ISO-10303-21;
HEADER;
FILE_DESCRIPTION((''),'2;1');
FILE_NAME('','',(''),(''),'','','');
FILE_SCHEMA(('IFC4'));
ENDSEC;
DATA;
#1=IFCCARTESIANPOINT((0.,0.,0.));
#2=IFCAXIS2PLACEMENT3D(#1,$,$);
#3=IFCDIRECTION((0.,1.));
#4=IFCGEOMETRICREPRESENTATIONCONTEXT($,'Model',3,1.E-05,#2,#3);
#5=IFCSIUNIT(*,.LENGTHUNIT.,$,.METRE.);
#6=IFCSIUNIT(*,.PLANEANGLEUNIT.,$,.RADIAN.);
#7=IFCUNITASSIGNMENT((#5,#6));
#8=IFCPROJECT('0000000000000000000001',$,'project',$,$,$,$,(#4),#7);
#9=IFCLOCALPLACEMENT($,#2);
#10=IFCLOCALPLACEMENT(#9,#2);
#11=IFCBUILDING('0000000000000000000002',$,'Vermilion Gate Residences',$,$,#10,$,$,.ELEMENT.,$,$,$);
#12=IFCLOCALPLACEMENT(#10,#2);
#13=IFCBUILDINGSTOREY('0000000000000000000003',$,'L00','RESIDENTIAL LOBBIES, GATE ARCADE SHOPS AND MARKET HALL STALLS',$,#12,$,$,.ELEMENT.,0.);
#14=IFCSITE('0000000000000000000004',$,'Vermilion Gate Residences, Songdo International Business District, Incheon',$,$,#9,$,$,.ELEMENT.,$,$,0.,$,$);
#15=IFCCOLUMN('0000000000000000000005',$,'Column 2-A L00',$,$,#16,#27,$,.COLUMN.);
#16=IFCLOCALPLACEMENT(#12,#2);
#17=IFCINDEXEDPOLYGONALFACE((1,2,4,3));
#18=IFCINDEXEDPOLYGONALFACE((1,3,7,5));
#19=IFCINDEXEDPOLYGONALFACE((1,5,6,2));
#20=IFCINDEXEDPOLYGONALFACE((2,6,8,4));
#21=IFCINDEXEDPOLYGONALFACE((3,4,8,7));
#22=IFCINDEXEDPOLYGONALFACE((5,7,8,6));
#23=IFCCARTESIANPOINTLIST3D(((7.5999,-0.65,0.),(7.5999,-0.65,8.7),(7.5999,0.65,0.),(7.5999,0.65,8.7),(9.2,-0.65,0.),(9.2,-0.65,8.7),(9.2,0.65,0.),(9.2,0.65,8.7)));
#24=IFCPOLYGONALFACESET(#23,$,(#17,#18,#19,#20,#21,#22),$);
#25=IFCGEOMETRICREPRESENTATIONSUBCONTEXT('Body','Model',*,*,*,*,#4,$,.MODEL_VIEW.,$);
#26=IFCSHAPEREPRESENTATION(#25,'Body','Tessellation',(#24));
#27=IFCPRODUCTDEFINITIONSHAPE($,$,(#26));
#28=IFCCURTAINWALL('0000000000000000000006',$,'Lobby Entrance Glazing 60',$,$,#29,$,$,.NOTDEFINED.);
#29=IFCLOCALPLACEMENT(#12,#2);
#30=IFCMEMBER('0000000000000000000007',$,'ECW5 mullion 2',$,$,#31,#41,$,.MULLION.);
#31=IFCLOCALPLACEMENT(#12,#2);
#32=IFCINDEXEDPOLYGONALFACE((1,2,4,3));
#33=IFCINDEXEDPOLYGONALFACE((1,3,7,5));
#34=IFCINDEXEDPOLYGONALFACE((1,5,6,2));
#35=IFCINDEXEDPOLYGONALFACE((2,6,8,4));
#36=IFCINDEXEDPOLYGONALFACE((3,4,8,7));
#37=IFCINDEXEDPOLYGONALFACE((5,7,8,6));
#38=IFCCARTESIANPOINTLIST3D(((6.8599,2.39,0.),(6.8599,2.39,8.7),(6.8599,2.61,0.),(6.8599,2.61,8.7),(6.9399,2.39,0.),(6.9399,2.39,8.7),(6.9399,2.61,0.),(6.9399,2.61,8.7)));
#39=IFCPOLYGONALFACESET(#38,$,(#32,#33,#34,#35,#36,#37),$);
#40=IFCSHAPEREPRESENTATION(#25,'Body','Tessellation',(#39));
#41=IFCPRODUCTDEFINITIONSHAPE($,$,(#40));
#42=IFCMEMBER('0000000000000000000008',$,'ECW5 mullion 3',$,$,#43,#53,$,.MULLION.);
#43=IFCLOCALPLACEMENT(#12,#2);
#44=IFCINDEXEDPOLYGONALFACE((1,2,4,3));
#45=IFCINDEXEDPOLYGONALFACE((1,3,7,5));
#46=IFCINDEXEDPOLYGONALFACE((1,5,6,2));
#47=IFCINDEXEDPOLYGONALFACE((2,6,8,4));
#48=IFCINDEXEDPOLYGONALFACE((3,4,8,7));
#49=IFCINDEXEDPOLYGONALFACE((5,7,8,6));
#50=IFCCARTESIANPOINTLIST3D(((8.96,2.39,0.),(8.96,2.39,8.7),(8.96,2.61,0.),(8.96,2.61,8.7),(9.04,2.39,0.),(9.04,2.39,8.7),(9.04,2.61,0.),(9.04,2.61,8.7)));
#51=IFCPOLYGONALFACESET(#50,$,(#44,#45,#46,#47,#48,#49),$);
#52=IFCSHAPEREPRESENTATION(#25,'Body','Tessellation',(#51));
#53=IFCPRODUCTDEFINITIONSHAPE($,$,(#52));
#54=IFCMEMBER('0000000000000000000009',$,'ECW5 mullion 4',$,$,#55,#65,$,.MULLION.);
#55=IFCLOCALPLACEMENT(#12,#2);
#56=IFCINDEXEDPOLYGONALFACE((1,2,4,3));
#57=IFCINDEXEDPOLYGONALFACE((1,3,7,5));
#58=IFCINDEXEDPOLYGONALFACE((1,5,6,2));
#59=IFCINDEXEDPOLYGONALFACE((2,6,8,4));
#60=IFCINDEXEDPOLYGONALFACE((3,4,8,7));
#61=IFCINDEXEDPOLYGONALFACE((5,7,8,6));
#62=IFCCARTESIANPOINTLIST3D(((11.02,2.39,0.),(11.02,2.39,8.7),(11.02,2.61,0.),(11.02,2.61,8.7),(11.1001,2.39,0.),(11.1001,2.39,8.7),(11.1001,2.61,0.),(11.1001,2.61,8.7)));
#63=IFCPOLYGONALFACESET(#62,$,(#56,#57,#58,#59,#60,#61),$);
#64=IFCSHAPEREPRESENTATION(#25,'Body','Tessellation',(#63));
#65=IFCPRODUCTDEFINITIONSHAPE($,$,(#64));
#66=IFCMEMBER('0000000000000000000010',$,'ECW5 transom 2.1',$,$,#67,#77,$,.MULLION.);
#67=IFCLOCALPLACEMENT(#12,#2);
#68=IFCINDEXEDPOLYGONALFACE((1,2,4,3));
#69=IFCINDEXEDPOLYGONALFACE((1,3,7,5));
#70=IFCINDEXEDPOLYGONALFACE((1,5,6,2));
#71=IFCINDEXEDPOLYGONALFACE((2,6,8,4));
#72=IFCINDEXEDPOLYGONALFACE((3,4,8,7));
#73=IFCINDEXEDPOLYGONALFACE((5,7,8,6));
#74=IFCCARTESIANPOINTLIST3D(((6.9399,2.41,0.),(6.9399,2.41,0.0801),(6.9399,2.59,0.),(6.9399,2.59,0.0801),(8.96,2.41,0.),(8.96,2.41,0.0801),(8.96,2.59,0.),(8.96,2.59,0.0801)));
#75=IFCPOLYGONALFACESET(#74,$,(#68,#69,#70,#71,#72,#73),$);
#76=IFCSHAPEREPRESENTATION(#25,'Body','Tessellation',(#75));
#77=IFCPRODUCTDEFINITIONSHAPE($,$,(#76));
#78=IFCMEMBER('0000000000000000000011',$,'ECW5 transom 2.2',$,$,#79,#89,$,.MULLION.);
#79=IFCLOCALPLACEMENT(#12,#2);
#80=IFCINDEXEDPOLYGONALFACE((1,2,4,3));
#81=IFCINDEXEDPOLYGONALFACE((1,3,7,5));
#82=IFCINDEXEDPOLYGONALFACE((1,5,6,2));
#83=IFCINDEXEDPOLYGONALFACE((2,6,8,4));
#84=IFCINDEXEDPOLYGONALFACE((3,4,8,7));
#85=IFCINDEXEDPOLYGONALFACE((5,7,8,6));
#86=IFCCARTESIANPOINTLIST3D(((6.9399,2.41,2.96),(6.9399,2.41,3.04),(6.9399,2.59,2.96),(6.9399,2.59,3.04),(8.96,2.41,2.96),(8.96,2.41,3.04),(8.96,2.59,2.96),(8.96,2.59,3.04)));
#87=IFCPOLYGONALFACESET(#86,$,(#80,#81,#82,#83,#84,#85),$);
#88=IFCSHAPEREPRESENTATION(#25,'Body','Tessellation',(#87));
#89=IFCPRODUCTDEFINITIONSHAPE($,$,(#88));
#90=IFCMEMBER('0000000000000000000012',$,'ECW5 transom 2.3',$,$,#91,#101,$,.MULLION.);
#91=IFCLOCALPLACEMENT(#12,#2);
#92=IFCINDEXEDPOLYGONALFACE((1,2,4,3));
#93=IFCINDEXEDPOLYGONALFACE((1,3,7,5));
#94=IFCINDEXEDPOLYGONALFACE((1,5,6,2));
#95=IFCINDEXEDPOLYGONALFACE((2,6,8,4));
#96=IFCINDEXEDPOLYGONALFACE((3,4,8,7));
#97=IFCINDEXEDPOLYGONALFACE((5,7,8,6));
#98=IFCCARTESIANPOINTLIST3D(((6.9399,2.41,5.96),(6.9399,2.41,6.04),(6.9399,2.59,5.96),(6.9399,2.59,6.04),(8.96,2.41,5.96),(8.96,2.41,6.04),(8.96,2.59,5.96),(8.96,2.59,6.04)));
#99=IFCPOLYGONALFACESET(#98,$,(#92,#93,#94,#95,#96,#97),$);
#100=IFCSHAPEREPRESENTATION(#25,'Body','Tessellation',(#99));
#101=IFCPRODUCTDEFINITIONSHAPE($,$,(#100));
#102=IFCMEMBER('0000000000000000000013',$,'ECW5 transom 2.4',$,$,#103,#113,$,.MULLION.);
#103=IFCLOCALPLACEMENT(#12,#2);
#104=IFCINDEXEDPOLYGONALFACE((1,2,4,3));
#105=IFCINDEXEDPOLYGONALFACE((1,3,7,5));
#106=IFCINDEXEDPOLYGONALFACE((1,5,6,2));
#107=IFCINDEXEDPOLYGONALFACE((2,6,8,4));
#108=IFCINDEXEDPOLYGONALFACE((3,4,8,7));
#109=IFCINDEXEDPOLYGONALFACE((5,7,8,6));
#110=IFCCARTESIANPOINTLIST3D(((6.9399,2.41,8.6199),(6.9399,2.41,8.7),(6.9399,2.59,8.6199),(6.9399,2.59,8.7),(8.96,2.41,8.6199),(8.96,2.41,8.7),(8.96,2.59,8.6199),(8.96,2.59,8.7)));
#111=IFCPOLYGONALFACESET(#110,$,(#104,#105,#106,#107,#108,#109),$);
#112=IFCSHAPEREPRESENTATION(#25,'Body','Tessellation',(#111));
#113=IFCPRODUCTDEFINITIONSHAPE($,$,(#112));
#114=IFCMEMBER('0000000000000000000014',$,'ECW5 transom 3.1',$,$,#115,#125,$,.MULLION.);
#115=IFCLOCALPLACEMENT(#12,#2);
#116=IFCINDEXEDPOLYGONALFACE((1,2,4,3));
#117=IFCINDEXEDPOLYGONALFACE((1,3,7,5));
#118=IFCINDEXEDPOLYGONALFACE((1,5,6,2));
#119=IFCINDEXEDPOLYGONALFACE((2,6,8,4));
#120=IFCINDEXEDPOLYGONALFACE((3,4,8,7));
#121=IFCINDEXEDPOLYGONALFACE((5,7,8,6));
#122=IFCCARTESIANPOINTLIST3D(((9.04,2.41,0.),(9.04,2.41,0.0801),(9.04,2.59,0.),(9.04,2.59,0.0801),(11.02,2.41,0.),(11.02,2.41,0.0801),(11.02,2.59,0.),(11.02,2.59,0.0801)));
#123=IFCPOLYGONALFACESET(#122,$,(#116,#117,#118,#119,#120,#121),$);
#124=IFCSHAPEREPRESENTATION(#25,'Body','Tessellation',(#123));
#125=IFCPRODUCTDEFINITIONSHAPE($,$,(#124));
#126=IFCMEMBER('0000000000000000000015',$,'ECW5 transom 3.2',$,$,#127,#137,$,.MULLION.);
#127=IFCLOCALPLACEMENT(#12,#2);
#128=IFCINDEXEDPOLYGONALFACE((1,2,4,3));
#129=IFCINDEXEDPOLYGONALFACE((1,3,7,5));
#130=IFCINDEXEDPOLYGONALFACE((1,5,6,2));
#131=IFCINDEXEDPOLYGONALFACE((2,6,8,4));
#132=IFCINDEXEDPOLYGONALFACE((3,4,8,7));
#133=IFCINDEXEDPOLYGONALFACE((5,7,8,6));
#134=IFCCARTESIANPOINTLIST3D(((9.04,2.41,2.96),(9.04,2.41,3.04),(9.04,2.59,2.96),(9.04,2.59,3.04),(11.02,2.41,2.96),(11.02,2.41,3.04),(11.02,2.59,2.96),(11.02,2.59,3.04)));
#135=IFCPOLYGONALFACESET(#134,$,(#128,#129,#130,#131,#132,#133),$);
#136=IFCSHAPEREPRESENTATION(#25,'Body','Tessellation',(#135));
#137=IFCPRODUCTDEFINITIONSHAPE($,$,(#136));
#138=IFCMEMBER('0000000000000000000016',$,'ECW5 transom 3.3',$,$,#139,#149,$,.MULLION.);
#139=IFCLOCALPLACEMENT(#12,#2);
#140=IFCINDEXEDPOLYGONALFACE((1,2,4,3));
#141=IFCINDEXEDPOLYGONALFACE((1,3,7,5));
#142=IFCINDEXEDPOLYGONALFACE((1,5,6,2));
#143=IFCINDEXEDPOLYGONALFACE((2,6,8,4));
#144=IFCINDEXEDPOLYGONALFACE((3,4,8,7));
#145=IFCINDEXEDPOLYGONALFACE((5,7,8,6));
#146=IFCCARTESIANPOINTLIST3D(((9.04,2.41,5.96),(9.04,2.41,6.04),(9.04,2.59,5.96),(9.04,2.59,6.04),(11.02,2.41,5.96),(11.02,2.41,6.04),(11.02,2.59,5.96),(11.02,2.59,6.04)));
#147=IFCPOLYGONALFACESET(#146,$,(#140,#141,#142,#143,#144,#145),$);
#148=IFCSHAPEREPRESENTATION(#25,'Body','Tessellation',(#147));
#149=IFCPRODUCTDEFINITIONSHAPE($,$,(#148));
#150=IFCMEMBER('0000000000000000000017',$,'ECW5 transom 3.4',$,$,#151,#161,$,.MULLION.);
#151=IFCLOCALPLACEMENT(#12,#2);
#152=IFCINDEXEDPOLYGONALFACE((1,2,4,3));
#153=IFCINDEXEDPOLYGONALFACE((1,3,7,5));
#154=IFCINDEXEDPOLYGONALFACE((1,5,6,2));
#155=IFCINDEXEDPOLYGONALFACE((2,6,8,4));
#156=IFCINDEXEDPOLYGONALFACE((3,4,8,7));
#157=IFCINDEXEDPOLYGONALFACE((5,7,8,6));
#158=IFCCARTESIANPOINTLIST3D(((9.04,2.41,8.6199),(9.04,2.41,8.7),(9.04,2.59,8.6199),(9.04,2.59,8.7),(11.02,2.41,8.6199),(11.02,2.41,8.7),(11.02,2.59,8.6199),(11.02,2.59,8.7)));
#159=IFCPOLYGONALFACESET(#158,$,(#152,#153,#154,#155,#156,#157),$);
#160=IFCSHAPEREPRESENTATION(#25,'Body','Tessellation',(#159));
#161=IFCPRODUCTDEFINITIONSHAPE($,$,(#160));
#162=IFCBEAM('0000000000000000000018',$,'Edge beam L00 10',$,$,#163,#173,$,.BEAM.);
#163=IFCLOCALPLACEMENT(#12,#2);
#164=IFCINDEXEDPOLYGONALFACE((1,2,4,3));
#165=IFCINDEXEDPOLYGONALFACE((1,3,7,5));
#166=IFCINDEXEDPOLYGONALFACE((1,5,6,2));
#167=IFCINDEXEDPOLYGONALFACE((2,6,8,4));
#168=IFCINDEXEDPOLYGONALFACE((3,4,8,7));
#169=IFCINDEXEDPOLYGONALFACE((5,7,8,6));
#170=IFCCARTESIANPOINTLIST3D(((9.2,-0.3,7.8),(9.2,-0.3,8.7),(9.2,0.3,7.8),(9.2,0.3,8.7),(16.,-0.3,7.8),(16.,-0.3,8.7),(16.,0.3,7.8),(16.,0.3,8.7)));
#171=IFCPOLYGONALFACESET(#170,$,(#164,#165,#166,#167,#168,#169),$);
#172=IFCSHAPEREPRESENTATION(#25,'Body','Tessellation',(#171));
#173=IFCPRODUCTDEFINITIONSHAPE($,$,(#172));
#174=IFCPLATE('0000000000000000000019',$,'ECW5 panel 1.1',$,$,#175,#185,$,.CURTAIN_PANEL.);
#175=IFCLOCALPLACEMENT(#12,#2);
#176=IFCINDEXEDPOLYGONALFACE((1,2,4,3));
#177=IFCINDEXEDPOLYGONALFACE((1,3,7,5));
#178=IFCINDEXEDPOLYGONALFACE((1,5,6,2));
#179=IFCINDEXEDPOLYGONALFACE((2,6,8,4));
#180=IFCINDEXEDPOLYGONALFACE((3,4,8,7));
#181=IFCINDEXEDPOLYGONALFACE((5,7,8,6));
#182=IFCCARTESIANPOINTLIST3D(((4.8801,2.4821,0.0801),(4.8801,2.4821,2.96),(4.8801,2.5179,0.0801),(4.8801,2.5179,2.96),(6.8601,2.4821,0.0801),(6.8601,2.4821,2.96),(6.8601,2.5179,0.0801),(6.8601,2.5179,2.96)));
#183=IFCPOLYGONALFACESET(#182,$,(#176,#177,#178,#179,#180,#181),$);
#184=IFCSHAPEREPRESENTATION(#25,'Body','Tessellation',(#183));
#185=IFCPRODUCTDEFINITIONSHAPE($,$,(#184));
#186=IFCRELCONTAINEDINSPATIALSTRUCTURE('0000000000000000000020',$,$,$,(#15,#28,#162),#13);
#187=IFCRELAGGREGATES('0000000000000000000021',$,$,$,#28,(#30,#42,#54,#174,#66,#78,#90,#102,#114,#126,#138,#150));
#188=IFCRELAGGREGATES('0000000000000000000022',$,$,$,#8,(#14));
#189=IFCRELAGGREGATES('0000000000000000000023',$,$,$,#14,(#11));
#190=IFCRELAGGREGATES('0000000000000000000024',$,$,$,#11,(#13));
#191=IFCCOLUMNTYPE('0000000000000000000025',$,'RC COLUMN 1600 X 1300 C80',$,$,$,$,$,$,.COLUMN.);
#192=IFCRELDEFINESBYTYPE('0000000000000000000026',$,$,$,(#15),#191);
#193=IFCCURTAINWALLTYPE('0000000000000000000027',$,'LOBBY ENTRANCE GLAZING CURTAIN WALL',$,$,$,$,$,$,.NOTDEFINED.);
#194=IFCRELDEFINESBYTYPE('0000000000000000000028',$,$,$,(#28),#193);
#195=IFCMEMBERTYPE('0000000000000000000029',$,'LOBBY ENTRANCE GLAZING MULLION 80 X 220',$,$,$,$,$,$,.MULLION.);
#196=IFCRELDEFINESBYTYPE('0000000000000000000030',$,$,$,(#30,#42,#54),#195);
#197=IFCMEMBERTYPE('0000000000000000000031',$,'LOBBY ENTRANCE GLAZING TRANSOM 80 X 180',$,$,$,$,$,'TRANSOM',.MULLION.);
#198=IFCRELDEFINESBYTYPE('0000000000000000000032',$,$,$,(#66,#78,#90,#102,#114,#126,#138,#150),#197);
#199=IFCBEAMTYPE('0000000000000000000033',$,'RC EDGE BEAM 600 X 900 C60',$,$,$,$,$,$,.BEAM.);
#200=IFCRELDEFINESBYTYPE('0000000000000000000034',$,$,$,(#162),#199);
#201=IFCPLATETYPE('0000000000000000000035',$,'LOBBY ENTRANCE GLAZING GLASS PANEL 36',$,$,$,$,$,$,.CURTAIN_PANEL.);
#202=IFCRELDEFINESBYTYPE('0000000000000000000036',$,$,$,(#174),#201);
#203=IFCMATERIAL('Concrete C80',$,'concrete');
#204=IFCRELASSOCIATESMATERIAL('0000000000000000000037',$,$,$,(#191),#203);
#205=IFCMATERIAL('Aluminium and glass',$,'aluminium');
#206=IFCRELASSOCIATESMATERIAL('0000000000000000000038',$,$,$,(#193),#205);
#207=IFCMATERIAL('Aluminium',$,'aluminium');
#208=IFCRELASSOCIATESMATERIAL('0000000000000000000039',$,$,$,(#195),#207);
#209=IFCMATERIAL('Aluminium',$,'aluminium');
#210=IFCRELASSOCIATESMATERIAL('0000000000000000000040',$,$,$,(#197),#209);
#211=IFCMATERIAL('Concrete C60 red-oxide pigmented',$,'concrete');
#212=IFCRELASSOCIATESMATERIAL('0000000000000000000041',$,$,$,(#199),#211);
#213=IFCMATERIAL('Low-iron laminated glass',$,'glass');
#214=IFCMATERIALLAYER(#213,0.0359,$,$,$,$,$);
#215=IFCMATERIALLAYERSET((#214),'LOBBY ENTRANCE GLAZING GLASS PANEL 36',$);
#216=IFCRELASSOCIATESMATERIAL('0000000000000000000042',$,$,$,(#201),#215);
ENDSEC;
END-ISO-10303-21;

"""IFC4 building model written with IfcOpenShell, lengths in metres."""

from ifc_helpers import new_model, si_unit, direction, frame, origin, origin_2d, place, context, subcontext, project, spatial, rectangle, extrude, material, layer, layer_set, material_profile, profile_set, type_object, element, aggregate, save


model = new_model("IFC4")

# Units and contexts
model_context = context("Model", 3, precision=1e-05, world=origin(), true_north=direction((0.0, 1.0)))
body_context = subcontext(model_context, "Body", "Model", "MODEL_VIEW")
ifc_project = project(units=[si_unit("LENGTHUNIT", "METRE"), si_unit("PLANEANGLEUNIT", "RADIAN")], contexts=[model_context])

# Site, building, storey
site_placement = place(None, origin())
site = spatial("IfcSite", under=ifc_project, at=site_placement, Name="Vermilion Gate Residences, Songdo International Business District, Incheon", CompositionType="ELEMENT", RefElevation=0.0)
building_placement = place(site_placement, origin())
building = spatial("IfcBuilding", under=site, at=building_placement, Name="Vermilion Gate Residences", CompositionType="ELEMENT")
storey_placement = place(building_placement, origin())
storey = spatial("IfcBuildingStorey", under=building, at=storey_placement, Name="L00", Description="RESIDENTIAL LOBBIES, GATE ARCADE SHOPS AND MARKET HALL STALLS", CompositionType="ELEMENT", Elevation=0.0)

# Column
ifc_material_1 = material(Name="Concrete C80", Category="concrete")
ifc_material_profile_1 = material_profile(ifc_material_1, rectangle(XDim=1.6001, YDim=1.3, at=origin_2d()), Name="RC-1600x1300")
ifc_profile_set_1 = profile_set([ifc_material_profile_1], Name="Concrete C80")
column_type = type_object("IfcColumnType", Name="RC COLUMN 1600 X 1300 C80", PredefinedType="COLUMN", material=ifc_profile_set_1)
column_placement = place(storey_placement, frame((8.3999, 0.0, 0.0), z_axis=(0.0, 0.0, 1.0), x_axis=(1.0, 0.0, 0.0)))
element("IfcColumn", 1, at=column_placement, inside=storey, type_object=column_type, Name="Column 2-A L00", PredefinedType="COLUMN", context=body_context, shape_type="SweptSolid", body=[
    extrude(rectangle(XDim=1.6001, YDim=1.3, at=origin_2d()), origin(), (0.0, 0.0, 1.0), 8.7),
])

# Curtain wall, members
ifc_material_2 = material(Name="Aluminium and glass", Category="aluminium")
curtain_wall_type = type_object("IfcCurtainWallType", Name="LOBBY ENTRANCE GLAZING CURTAIN WALL", PredefinedType="NOTDEFINED", material=ifc_material_2)
curtain_wall_placement = place(storey_placement, origin())
curtain_wall = element("IfcCurtainWall", 2, at=curtain_wall_placement, inside=storey, type_object=curtain_wall_type, Name="Lobby Entrance Glazing 60", PredefinedType="NOTDEFINED")
ifc_material_3 = material(Name="Aluminium", Category="aluminium")
ifc_material_profile_2 = material_profile(ifc_material_3, rectangle(XDim=0.22, YDim=0.0801, at=origin_2d()), Name="MULLION 80 X 220")
ifc_profile_set_2 = profile_set([ifc_material_profile_2], Name="Aluminium")
member_type_1 = type_object("IfcMemberType", Name="LOBBY ENTRANCE GLAZING MULLION 80 X 220", PredefinedType="MULLION", material=ifc_profile_set_2)
member_1_placement = place(storey_placement, frame((6.8999, 2.5, 0.0), z_axis=(0.0, 0.0, 1.0), x_axis=(0.0, 1.0, 0.0)))
member_1 = element("IfcMember", 3, at=member_1_placement, type_object=member_type_1, Name="ECW5 mullion 2", PredefinedType="MULLION", context=body_context, shape_type="SweptSolid", body=[
    extrude(rectangle(XDim=0.22, YDim=0.0801, at=origin_2d()), origin(), (0.0, 0.0, 1.0), 8.7),
])
member_2_placement = place(storey_placement, frame((9.0, 2.5, 0.0), z_axis=(0.0, 0.0, 1.0), x_axis=(0.0, 1.0, 0.0)))
member_2 = element("IfcMember", 4, at=member_2_placement, type_object=member_type_1, Name="ECW5 mullion 3", PredefinedType="MULLION", context=body_context, shape_type="SweptSolid", body=[
    extrude(rectangle(XDim=0.22, YDim=0.0801, at=origin_2d()), origin(), (0.0, 0.0, 1.0), 8.7),
])
member_3_placement = place(storey_placement, frame((11.0601, 2.5, 0.0), z_axis=(0.0, 0.0, 1.0), x_axis=(0.0, 1.0, 0.0)))
member_3 = element("IfcMember", 5, at=member_3_placement, type_object=member_type_1, Name="ECW5 mullion 4", PredefinedType="MULLION", context=body_context, shape_type="SweptSolid", body=[
    extrude(rectangle(XDim=0.22, YDim=0.0801, at=origin_2d()), origin(), (0.0, 0.0, 1.0), 8.7),
])
ifc_material_4 = material(Name="Aluminium", Category="aluminium")
ifc_material_profile_3 = material_profile(ifc_material_4, rectangle(XDim=0.1799, YDim=0.0801, at=origin_2d()), Name="TRANSOM 80 X 180")
ifc_profile_set_3 = profile_set([ifc_material_profile_3], Name="Aluminium")
member_type_2 = type_object("IfcMemberType", Name="LOBBY ENTRANCE GLAZING TRANSOM 80 X 180", ElementType="TRANSOM", PredefinedType="MULLION", material=ifc_profile_set_3)
member_4_placement = place(storey_placement, frame((6.9399, 2.5, 0.04), z_axis=(1.0, 0.0, 0.0), x_axis=(0.0, 1.0, 0.0)))
member_4 = element("IfcMember", 6, at=member_4_placement, type_object=member_type_2, Name="ECW5 transom 2.1", PredefinedType="MULLION", context=body_context, shape_type="SweptSolid", body=[
    extrude(rectangle(XDim=0.1799, YDim=0.0801, at=origin_2d()), origin(), (0.0, 0.0, 1.0), 2.02),
])
member_5_placement = place(storey_placement, frame((6.9399, 2.5, 3.0), z_axis=(1.0, 0.0, 0.0), x_axis=(0.0, 1.0, 0.0)))
member_5 = element("IfcMember", 7, at=member_5_placement, type_object=member_type_2, Name="ECW5 transom 2.2", PredefinedType="MULLION", context=body_context, shape_type="SweptSolid", body=[
    extrude(rectangle(XDim=0.1799, YDim=0.0801, at=origin_2d()), origin(), (0.0, 0.0, 1.0), 2.02),
])
member_6_placement = place(storey_placement, frame((6.9399, 2.5, 6.0), z_axis=(1.0, 0.0, 0.0), x_axis=(0.0, 1.0, 0.0)))
member_6 = element("IfcMember", 8, at=member_6_placement, type_object=member_type_2, Name="ECW5 transom 2.3", PredefinedType="MULLION", context=body_context, shape_type="SweptSolid", body=[
    extrude(rectangle(XDim=0.1799, YDim=0.0801, at=origin_2d()), origin(), (0.0, 0.0, 1.0), 2.02),
])
member_7_placement = place(storey_placement, frame((6.9399, 2.5, 8.6599), z_axis=(1.0, 0.0, 0.0), x_axis=(0.0, 1.0, 0.0)))
member_7 = element("IfcMember", 9, at=member_7_placement, type_object=member_type_2, Name="ECW5 transom 2.4", PredefinedType="MULLION", context=body_context, shape_type="SweptSolid", body=[
    extrude(rectangle(XDim=0.1799, YDim=0.0801, at=origin_2d()), origin(), (0.0, 0.0, 1.0), 2.02),
])
member_8_placement = place(storey_placement, frame((9.04, 2.5, 0.04), z_axis=(1.0, 0.0, 0.0), x_axis=(0.0, 1.0, 0.0)))
member_8 = element("IfcMember", 10, at=member_8_placement, type_object=member_type_2, Name="ECW5 transom 3.1", PredefinedType="MULLION", context=body_context, shape_type="SweptSolid", body=[
    extrude(rectangle(XDim=0.1799, YDim=0.0801, at=origin_2d()), origin(), (0.0, 0.0, 1.0), 1.98),
])
member_9_placement = place(storey_placement, frame((9.04, 2.5, 3.0), z_axis=(1.0, 0.0, 0.0), x_axis=(0.0, 1.0, 0.0)))
member_9 = element("IfcMember", 11, at=member_9_placement, type_object=member_type_2, Name="ECW5 transom 3.2", PredefinedType="MULLION", context=body_context, shape_type="SweptSolid", body=[
    extrude(rectangle(XDim=0.1799, YDim=0.0801, at=origin_2d()), origin(), (0.0, 0.0, 1.0), 1.98),
])
member_10_placement = place(storey_placement, frame((9.04, 2.5, 6.0), z_axis=(1.0, 0.0, 0.0), x_axis=(0.0, 1.0, 0.0)))
member_10 = element("IfcMember", 12, at=member_10_placement, type_object=member_type_2, Name="ECW5 transom 3.3", PredefinedType="MULLION", context=body_context, shape_type="SweptSolid", body=[
    extrude(rectangle(XDim=0.1799, YDim=0.0801, at=origin_2d()), origin(), (0.0, 0.0, 1.0), 1.98),
])
member_11_placement = place(storey_placement, frame((9.04, 2.5, 8.6599), z_axis=(1.0, 0.0, 0.0), x_axis=(0.0, 1.0, 0.0)))
member_11 = element("IfcMember", 13, at=member_11_placement, type_object=member_type_2, Name="ECW5 transom 3.4", PredefinedType="MULLION", context=body_context, shape_type="SweptSolid", body=[
    extrude(rectangle(XDim=0.1799, YDim=0.0801, at=origin_2d()), origin(), (0.0, 0.0, 1.0), 1.98),
])

# Beam
ifc_material_5 = material(Name="Concrete C60 red-oxide pigmented", Category="concrete")
ifc_material_profile_4 = material_profile(ifc_material_5, rectangle(XDim=0.6001, YDim=0.8999, at=origin_2d()), Name="RC-600x900")
ifc_profile_set_4 = profile_set([ifc_material_profile_4], Name="Concrete C60 red-oxide pigmented")
beam_type = type_object("IfcBeamType", Name="RC EDGE BEAM 600 X 900 C60", PredefinedType="BEAM", material=ifc_profile_set_4)
beam_placement = place(storey_placement, frame((9.2, 0.0, 8.25), z_axis=(1.0, 0.0, 0.0), x_axis=(0.0, 1.0, 0.0)))
element("IfcBeam", 14, at=beam_placement, inside=storey, type_object=beam_type, Name="Edge beam L00 10", PredefinedType="BEAM", context=body_context, shape_type="SweptSolid", body=[
    extrude(rectangle(XDim=0.6001, YDim=0.8999, at=origin_2d()), origin(), (0.0, 0.0, 1.0), 6.8),
])

# Plate
ifc_material_6 = material(Name="Low-iron laminated glass", Category="glass")
ifc_layer = layer(ifc_material_6, 0.0359)
ifc_layer_set = layer_set([ifc_layer], Name="LOBBY ENTRANCE GLAZING GLASS PANEL 36")
plate_type = type_object("IfcPlateType", Name="LOBBY ENTRANCE GLAZING GLASS PANEL 36", PredefinedType="CURTAIN_PANEL", material=ifc_layer_set)
plate_1_placement = place(storey_placement, frame((5.8701, 2.5, 0.0801), z_axis=(0.0, 0.0, 1.0), x_axis=(1.0, 0.0, 0.0)))
plate_1 = element("IfcPlate", 15, at=plate_1_placement, type_object=plate_type, Name="ECW5 panel 1.1", PredefinedType="CURTAIN_PANEL", context=body_context, shape_type="SweptSolid", body=[
    extrude(rectangle(XDim=1.98, YDim=0.0359, at=origin_2d()), origin(), (0.0, 0.0, 1.0), 2.8799),
])
aggregate(curtain_wall, [member_1, member_2, member_3, plate_1, member_4, member_5, member_6, member_7, member_8, member_9, member_10, member_11])

save(model, "model.ifc")
